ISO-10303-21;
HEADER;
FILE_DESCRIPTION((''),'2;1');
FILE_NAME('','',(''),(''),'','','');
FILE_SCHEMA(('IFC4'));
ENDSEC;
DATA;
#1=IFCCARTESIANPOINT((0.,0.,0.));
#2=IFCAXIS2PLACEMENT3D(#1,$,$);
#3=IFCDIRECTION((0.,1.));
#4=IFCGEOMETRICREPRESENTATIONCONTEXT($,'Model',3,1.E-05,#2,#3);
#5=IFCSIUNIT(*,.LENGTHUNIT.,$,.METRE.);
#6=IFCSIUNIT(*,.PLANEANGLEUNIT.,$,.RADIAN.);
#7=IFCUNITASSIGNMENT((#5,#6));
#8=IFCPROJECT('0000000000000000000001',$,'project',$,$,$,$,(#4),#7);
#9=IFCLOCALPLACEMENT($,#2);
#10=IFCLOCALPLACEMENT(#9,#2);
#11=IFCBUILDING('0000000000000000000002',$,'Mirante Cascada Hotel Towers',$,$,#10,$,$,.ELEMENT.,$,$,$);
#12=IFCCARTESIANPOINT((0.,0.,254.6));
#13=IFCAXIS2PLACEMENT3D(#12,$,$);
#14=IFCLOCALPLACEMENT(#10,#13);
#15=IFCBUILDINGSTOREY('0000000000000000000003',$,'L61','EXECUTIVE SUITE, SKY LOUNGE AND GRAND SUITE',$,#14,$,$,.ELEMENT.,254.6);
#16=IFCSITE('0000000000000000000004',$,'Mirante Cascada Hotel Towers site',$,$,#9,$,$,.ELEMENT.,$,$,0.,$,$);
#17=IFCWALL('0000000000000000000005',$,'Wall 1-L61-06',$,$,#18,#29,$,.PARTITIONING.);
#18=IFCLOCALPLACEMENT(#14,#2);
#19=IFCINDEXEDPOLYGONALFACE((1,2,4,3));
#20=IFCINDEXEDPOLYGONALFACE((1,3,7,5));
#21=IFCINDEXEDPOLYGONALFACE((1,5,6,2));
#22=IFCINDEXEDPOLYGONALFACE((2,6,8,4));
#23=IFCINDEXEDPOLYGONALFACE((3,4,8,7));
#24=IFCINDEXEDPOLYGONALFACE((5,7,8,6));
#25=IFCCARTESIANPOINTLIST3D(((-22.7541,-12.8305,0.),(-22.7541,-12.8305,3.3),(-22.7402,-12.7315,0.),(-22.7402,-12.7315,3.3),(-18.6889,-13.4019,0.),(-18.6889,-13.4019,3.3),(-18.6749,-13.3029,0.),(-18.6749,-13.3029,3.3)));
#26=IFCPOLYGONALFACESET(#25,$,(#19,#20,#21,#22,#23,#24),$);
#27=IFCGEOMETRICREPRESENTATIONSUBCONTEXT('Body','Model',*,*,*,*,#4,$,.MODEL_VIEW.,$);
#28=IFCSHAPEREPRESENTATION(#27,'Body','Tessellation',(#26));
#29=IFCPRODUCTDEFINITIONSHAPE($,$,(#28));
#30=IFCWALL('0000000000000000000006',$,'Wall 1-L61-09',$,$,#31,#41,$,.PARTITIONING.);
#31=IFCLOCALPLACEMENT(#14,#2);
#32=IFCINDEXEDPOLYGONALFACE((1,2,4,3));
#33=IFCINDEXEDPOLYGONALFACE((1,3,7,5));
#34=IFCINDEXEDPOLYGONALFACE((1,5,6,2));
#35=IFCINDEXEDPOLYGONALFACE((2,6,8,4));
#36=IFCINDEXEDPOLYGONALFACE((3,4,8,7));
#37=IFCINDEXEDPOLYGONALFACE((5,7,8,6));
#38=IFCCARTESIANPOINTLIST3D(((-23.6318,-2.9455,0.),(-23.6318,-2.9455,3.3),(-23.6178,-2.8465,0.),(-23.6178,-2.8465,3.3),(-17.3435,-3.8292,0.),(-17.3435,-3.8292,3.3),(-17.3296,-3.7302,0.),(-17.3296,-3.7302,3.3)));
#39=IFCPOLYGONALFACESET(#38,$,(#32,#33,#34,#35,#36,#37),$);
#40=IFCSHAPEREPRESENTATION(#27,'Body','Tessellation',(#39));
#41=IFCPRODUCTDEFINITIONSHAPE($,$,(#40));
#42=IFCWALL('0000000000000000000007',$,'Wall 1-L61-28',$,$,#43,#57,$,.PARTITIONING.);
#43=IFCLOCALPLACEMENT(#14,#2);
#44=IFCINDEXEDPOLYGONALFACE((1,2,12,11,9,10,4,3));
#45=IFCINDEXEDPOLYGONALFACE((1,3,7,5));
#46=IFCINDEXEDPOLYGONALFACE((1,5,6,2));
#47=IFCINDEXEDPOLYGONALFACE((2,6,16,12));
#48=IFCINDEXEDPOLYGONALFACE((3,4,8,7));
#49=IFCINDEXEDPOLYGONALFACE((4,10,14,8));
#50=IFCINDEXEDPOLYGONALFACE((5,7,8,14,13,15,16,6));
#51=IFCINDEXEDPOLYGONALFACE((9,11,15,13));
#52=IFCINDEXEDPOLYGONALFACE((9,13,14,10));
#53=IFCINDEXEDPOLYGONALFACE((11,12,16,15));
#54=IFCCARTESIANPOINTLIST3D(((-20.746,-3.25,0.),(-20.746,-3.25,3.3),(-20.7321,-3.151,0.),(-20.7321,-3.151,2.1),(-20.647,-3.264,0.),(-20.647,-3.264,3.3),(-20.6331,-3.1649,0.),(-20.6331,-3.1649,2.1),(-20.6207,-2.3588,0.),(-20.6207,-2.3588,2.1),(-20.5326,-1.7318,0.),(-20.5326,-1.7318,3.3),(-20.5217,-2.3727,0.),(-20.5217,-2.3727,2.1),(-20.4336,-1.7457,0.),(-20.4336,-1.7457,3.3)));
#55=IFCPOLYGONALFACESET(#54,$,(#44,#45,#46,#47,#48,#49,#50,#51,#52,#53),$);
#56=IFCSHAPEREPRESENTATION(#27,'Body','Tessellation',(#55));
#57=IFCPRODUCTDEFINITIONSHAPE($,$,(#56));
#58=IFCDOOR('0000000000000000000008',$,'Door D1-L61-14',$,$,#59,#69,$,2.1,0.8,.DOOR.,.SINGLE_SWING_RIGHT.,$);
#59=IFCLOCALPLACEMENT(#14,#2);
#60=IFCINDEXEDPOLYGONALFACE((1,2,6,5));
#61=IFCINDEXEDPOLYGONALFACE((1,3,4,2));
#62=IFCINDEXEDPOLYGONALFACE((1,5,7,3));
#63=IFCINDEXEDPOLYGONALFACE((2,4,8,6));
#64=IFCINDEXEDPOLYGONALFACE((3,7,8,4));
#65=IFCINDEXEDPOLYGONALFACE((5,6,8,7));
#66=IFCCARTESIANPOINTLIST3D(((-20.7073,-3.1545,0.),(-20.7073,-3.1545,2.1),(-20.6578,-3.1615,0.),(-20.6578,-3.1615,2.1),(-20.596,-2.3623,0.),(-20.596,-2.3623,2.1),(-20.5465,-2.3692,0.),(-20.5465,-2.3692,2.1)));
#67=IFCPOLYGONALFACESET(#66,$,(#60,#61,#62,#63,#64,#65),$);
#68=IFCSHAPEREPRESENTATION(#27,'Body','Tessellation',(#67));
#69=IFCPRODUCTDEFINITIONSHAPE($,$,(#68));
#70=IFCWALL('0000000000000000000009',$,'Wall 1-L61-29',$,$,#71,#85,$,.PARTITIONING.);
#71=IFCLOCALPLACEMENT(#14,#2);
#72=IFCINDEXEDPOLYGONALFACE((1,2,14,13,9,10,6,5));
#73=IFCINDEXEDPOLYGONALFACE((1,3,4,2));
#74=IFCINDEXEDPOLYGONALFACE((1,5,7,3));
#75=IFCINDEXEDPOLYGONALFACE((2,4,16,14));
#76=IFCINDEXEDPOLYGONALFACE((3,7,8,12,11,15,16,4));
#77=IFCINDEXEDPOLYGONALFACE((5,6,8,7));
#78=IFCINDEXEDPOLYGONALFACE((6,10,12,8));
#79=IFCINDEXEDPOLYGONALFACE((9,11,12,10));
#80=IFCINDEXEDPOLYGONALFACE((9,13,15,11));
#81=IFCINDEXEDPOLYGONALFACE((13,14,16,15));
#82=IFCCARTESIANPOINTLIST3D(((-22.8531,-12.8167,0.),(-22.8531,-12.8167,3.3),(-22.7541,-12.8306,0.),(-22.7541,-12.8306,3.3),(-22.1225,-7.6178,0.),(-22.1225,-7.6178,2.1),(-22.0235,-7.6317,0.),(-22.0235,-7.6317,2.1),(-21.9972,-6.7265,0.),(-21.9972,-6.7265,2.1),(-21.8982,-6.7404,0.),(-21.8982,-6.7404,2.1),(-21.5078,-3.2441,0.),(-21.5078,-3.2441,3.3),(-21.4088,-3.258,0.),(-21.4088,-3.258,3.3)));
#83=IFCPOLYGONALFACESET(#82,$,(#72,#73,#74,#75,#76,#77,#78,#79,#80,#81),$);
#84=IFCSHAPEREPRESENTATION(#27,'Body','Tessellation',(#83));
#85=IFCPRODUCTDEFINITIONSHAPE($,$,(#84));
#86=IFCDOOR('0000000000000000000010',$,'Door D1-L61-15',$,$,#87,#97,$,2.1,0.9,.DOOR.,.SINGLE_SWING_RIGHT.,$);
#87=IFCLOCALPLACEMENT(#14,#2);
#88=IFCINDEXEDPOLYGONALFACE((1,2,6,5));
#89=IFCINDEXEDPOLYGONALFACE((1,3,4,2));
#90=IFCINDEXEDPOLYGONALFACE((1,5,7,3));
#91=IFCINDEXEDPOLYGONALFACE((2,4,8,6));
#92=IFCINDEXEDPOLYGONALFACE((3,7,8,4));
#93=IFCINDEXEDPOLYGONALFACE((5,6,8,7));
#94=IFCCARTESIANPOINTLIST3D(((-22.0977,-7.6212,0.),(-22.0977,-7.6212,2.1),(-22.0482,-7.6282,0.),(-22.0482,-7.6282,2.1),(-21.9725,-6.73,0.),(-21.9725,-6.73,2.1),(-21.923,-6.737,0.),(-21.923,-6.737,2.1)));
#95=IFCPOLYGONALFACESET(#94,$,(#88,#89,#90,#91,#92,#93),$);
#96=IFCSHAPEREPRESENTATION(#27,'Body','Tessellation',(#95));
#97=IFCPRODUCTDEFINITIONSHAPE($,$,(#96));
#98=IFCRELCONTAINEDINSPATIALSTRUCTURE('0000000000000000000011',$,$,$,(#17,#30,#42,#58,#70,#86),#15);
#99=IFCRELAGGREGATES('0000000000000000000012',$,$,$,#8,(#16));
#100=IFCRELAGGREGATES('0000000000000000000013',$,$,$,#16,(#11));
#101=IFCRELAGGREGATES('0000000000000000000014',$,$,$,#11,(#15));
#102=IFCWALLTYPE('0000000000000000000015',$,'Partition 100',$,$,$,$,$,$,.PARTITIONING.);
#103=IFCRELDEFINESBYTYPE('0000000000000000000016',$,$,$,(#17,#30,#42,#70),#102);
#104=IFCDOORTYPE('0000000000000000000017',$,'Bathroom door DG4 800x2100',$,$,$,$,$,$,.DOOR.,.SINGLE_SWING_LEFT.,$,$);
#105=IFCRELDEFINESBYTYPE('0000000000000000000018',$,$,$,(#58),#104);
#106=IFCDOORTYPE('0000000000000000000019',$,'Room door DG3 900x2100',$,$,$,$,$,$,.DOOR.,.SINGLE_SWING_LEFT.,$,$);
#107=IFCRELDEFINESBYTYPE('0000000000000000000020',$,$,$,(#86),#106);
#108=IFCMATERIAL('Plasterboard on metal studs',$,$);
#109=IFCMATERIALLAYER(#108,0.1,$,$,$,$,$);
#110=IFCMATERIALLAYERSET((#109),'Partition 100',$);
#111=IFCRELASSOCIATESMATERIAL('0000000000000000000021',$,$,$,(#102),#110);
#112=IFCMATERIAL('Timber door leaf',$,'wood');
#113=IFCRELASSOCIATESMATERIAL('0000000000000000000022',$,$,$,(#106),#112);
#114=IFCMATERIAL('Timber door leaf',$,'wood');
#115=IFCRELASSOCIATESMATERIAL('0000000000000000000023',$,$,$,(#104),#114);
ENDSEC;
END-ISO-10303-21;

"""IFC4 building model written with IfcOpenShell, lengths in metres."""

from ifc_helpers import new_model, si_unit, direction, frame, frame_2d, origin, place, context, subcontext, project, spatial, rectangle, extrude, material, layer, layer_set, type_object, element, fill, save


model = new_model("IFC4")

# Units and contexts
model_context = context("Model", 3, precision=1e-05, world=origin(), true_north=direction((0.0, 1.0)))
body_context = subcontext(model_context, "Body", "Model", "MODEL_VIEW")
ifc_project = project(units=[si_unit("LENGTHUNIT", "METRE"), si_unit("PLANEANGLEUNIT", "RADIAN")], contexts=[model_context])

# Site, building, storey
site_placement = place(None, origin())
site = spatial("IfcSite", under=ifc_project, at=site_placement, Name="Mirante Cascada Hotel Towers site", CompositionType="ELEMENT", RefElevation=0.0)
building_placement = place(site_placement, origin())
building = spatial("IfcBuilding", under=site, at=building_placement, Name="Mirante Cascada Hotel Towers", CompositionType="ELEMENT")
storey_placement = place(building_placement, frame((0.0, 0.0, 254.6)))
storey = spatial("IfcBuildingStorey", under=building, at=storey_placement, Name="L61", Description="EXECUTIVE SUITE, SKY LOUNGE AND GRAND SUITE", CompositionType="ELEMENT", Elevation=254.6)

# Shared definitions
ifc_material_1 = material(Name="Plasterboard on metal studs")
ifc_layer_1 = layer(ifc_material_1, 0.1)
ifc_layer_set_1 = layer_set([ifc_layer_1], Name="Partition 100")
wall_type_1 = type_object("IfcWallType", Name="Partition 100", PredefinedType="PARTITIONING", material=ifc_layer_set_1)
ifc_material_2 = material(Name="Timber door leaf", Category="wood")
door_type_1 = type_object("IfcDoorType", Name="Room door DG3 900x2100", OperationType="SINGLE_SWING_LEFT", PredefinedType="DOOR", material=ifc_material_2)

# Walls
wall_1_placement = place(storey_placement, frame((-18.6819, -13.3524, 0.0), z_axis=(0.0, 0.0, 1.0), x_axis=(-0.990266, 0.139191, 0.0)))
element("IfcWall", 1, at=wall_1_placement, inside=storey, type_object=wall_type_1, Name="Wall 1-L61-06", PredefinedType="PARTITIONING", context=body_context, shape_type="SweptSolid", body=[
    extrude(rectangle(XDim=4.1052, YDim=0.1, at=frame_2d((2.0526, 0.0))), origin(), (0.0, 0.0, 1.0), 3.3),
])
wall_2_placement = place(storey_placement, frame((-23.6248, -2.896, 0.0), z_axis=(0.0, 0.0, 1.0), x_axis=(0.990269, -0.139166, 0.0)))
element("IfcWall", 2, at=wall_2_placement, inside=storey, type_object=wall_type_1, Name="Wall 1-L61-09", PredefinedType="PARTITIONING", context=body_context, shape_type="SweptSolid", body=[
    extrude(rectangle(XDim=6.35, YDim=0.1, at=frame_2d((3.175, 0.0))), origin(), (0.0, 0.0, 1.0), 3.3),
])

# Walls, openings, doors
wall_3_placement = place(storey_placement, frame((-20.6965, -3.257, 0.0), z_axis=(0.0, 0.0, 1.0), x_axis=(0.139184, 0.990267, 0.0)))
wall_3 = element("IfcWall", 3, at=wall_3_placement, inside=storey, type_object=wall_type_1, Name="Wall 1-L61-28", PredefinedType="PARTITIONING", context=body_context, shape_type="SweptSolid", body=[
    extrude(rectangle(XDim=1.5332, YDim=0.1, at=frame_2d((0.7666, 0.0))), origin(), (0.0, 0.0, 1.0), 3.3),
])
opening_1_placement = place(wall_3_placement, frame((0.1, 0.0, 0.0)))
opening_1 = element("IfcOpeningElement", 4, at=opening_1_placement, cuts=wall_3, PredefinedType="OPENING", context=body_context, shape_type="SweptSolid", body=[
    extrude(rectangle(XDim=0.8, YDim=2.1, at=frame_2d((0.4, 1.05))), frame((0.0, 0.05, 0.0), z_axis=(0.0, -1.0, 0.0), x_axis=(1.0, 0.0, 0.0)), (0.0, 0.0, 1.0), 0.1),
])
ifc_material_3 = material(Name="Timber door leaf", Category="wood")
door_type_2 = type_object("IfcDoorType", Name="Bathroom door DG4 800x2100", OperationType="SINGLE_SWING_LEFT", PredefinedType="DOOR", material=ifc_material_3)
door_1_placement = place(opening_1_placement, frame((0.8, 0.0, 0.0), z_axis=(0.0, 0.0, 1.0), x_axis=(-1.0, 0.0, 0.0)))
door_1 = element("IfcDoor", 5, at=door_1_placement, inside=storey, type_object=door_type_2, Name="Door D1-L61-14", OperationType="SINGLE_SWING_RIGHT", OverallHeight=2.1, OverallWidth=0.8, PredefinedType="DOOR", context=body_context, shape_type="SweptSolid", body=[
    extrude(rectangle(XDim=0.8, YDim=2.1, at=frame_2d((0.4, 1.05))), frame((0.0, 0.025, 0.0), z_axis=(0.0, -1.0, 0.0), x_axis=(1.0, 0.0, 0.0)), (0.0, 0.0, 1.0), 0.05),
])
fill(opening_1, door_1)
wall_4_placement = place(storey_placement, frame((-21.4583, -3.251, 0.0), z_axis=(0.0, 0.0, 1.0), x_axis=(-0.139169, -0.990269, 0.0)))
wall_4 = element("IfcWall", 6, at=wall_4_placement, inside=storey, type_object=wall_type_1, Name="Wall 1-L61-29", PredefinedType="PARTITIONING", context=body_context, shape_type="SweptSolid", body=[
    extrude(rectangle(XDim=9.6667, YDim=0.1, at=frame_2d((4.8334, 0.0))), origin(), (0.0, 0.0, 1.0), 3.3),
])
opening_2_placement = place(wall_4_placement, frame((3.5167, 0.0, 0.0)))
opening_2 = element("IfcOpeningElement", 7, at=opening_2_placement, cuts=wall_4, PredefinedType="OPENING", context=body_context, shape_type="SweptSolid", body=[
    extrude(rectangle(XDim=0.9, YDim=2.1, at=frame_2d((0.45, 1.05))), frame((0.0, 0.05, 0.0), z_axis=(0.0, -1.0, 0.0), x_axis=(1.0, 0.0, 0.0)), (0.0, 0.0, 1.0), 0.1),
])
door_2_placement = place(opening_2_placement, frame((0.9, 0.0, 0.0), z_axis=(0.0, 0.0, 1.0), x_axis=(-1.0, 0.0, 0.0)))
door_2 = element("IfcDoor", 8, at=door_2_placement, inside=storey, type_object=door_type_1, Name="Door D1-L61-15", OperationType="SINGLE_SWING_RIGHT", OverallHeight=2.1, OverallWidth=0.9, PredefinedType="DOOR", context=body_context, shape_type="SweptSolid", body=[
    extrude(rectangle(XDim=0.9, YDim=2.1, at=frame_2d((0.45, 1.05))), frame((0.0, 0.025, 0.0), z_axis=(0.0, -1.0, 0.0), x_axis=(1.0, 0.0, 0.0)), (0.0, 0.0, 1.0), 0.05),
])
fill(opening_2, door_2)

save(model, "model.ifc")
